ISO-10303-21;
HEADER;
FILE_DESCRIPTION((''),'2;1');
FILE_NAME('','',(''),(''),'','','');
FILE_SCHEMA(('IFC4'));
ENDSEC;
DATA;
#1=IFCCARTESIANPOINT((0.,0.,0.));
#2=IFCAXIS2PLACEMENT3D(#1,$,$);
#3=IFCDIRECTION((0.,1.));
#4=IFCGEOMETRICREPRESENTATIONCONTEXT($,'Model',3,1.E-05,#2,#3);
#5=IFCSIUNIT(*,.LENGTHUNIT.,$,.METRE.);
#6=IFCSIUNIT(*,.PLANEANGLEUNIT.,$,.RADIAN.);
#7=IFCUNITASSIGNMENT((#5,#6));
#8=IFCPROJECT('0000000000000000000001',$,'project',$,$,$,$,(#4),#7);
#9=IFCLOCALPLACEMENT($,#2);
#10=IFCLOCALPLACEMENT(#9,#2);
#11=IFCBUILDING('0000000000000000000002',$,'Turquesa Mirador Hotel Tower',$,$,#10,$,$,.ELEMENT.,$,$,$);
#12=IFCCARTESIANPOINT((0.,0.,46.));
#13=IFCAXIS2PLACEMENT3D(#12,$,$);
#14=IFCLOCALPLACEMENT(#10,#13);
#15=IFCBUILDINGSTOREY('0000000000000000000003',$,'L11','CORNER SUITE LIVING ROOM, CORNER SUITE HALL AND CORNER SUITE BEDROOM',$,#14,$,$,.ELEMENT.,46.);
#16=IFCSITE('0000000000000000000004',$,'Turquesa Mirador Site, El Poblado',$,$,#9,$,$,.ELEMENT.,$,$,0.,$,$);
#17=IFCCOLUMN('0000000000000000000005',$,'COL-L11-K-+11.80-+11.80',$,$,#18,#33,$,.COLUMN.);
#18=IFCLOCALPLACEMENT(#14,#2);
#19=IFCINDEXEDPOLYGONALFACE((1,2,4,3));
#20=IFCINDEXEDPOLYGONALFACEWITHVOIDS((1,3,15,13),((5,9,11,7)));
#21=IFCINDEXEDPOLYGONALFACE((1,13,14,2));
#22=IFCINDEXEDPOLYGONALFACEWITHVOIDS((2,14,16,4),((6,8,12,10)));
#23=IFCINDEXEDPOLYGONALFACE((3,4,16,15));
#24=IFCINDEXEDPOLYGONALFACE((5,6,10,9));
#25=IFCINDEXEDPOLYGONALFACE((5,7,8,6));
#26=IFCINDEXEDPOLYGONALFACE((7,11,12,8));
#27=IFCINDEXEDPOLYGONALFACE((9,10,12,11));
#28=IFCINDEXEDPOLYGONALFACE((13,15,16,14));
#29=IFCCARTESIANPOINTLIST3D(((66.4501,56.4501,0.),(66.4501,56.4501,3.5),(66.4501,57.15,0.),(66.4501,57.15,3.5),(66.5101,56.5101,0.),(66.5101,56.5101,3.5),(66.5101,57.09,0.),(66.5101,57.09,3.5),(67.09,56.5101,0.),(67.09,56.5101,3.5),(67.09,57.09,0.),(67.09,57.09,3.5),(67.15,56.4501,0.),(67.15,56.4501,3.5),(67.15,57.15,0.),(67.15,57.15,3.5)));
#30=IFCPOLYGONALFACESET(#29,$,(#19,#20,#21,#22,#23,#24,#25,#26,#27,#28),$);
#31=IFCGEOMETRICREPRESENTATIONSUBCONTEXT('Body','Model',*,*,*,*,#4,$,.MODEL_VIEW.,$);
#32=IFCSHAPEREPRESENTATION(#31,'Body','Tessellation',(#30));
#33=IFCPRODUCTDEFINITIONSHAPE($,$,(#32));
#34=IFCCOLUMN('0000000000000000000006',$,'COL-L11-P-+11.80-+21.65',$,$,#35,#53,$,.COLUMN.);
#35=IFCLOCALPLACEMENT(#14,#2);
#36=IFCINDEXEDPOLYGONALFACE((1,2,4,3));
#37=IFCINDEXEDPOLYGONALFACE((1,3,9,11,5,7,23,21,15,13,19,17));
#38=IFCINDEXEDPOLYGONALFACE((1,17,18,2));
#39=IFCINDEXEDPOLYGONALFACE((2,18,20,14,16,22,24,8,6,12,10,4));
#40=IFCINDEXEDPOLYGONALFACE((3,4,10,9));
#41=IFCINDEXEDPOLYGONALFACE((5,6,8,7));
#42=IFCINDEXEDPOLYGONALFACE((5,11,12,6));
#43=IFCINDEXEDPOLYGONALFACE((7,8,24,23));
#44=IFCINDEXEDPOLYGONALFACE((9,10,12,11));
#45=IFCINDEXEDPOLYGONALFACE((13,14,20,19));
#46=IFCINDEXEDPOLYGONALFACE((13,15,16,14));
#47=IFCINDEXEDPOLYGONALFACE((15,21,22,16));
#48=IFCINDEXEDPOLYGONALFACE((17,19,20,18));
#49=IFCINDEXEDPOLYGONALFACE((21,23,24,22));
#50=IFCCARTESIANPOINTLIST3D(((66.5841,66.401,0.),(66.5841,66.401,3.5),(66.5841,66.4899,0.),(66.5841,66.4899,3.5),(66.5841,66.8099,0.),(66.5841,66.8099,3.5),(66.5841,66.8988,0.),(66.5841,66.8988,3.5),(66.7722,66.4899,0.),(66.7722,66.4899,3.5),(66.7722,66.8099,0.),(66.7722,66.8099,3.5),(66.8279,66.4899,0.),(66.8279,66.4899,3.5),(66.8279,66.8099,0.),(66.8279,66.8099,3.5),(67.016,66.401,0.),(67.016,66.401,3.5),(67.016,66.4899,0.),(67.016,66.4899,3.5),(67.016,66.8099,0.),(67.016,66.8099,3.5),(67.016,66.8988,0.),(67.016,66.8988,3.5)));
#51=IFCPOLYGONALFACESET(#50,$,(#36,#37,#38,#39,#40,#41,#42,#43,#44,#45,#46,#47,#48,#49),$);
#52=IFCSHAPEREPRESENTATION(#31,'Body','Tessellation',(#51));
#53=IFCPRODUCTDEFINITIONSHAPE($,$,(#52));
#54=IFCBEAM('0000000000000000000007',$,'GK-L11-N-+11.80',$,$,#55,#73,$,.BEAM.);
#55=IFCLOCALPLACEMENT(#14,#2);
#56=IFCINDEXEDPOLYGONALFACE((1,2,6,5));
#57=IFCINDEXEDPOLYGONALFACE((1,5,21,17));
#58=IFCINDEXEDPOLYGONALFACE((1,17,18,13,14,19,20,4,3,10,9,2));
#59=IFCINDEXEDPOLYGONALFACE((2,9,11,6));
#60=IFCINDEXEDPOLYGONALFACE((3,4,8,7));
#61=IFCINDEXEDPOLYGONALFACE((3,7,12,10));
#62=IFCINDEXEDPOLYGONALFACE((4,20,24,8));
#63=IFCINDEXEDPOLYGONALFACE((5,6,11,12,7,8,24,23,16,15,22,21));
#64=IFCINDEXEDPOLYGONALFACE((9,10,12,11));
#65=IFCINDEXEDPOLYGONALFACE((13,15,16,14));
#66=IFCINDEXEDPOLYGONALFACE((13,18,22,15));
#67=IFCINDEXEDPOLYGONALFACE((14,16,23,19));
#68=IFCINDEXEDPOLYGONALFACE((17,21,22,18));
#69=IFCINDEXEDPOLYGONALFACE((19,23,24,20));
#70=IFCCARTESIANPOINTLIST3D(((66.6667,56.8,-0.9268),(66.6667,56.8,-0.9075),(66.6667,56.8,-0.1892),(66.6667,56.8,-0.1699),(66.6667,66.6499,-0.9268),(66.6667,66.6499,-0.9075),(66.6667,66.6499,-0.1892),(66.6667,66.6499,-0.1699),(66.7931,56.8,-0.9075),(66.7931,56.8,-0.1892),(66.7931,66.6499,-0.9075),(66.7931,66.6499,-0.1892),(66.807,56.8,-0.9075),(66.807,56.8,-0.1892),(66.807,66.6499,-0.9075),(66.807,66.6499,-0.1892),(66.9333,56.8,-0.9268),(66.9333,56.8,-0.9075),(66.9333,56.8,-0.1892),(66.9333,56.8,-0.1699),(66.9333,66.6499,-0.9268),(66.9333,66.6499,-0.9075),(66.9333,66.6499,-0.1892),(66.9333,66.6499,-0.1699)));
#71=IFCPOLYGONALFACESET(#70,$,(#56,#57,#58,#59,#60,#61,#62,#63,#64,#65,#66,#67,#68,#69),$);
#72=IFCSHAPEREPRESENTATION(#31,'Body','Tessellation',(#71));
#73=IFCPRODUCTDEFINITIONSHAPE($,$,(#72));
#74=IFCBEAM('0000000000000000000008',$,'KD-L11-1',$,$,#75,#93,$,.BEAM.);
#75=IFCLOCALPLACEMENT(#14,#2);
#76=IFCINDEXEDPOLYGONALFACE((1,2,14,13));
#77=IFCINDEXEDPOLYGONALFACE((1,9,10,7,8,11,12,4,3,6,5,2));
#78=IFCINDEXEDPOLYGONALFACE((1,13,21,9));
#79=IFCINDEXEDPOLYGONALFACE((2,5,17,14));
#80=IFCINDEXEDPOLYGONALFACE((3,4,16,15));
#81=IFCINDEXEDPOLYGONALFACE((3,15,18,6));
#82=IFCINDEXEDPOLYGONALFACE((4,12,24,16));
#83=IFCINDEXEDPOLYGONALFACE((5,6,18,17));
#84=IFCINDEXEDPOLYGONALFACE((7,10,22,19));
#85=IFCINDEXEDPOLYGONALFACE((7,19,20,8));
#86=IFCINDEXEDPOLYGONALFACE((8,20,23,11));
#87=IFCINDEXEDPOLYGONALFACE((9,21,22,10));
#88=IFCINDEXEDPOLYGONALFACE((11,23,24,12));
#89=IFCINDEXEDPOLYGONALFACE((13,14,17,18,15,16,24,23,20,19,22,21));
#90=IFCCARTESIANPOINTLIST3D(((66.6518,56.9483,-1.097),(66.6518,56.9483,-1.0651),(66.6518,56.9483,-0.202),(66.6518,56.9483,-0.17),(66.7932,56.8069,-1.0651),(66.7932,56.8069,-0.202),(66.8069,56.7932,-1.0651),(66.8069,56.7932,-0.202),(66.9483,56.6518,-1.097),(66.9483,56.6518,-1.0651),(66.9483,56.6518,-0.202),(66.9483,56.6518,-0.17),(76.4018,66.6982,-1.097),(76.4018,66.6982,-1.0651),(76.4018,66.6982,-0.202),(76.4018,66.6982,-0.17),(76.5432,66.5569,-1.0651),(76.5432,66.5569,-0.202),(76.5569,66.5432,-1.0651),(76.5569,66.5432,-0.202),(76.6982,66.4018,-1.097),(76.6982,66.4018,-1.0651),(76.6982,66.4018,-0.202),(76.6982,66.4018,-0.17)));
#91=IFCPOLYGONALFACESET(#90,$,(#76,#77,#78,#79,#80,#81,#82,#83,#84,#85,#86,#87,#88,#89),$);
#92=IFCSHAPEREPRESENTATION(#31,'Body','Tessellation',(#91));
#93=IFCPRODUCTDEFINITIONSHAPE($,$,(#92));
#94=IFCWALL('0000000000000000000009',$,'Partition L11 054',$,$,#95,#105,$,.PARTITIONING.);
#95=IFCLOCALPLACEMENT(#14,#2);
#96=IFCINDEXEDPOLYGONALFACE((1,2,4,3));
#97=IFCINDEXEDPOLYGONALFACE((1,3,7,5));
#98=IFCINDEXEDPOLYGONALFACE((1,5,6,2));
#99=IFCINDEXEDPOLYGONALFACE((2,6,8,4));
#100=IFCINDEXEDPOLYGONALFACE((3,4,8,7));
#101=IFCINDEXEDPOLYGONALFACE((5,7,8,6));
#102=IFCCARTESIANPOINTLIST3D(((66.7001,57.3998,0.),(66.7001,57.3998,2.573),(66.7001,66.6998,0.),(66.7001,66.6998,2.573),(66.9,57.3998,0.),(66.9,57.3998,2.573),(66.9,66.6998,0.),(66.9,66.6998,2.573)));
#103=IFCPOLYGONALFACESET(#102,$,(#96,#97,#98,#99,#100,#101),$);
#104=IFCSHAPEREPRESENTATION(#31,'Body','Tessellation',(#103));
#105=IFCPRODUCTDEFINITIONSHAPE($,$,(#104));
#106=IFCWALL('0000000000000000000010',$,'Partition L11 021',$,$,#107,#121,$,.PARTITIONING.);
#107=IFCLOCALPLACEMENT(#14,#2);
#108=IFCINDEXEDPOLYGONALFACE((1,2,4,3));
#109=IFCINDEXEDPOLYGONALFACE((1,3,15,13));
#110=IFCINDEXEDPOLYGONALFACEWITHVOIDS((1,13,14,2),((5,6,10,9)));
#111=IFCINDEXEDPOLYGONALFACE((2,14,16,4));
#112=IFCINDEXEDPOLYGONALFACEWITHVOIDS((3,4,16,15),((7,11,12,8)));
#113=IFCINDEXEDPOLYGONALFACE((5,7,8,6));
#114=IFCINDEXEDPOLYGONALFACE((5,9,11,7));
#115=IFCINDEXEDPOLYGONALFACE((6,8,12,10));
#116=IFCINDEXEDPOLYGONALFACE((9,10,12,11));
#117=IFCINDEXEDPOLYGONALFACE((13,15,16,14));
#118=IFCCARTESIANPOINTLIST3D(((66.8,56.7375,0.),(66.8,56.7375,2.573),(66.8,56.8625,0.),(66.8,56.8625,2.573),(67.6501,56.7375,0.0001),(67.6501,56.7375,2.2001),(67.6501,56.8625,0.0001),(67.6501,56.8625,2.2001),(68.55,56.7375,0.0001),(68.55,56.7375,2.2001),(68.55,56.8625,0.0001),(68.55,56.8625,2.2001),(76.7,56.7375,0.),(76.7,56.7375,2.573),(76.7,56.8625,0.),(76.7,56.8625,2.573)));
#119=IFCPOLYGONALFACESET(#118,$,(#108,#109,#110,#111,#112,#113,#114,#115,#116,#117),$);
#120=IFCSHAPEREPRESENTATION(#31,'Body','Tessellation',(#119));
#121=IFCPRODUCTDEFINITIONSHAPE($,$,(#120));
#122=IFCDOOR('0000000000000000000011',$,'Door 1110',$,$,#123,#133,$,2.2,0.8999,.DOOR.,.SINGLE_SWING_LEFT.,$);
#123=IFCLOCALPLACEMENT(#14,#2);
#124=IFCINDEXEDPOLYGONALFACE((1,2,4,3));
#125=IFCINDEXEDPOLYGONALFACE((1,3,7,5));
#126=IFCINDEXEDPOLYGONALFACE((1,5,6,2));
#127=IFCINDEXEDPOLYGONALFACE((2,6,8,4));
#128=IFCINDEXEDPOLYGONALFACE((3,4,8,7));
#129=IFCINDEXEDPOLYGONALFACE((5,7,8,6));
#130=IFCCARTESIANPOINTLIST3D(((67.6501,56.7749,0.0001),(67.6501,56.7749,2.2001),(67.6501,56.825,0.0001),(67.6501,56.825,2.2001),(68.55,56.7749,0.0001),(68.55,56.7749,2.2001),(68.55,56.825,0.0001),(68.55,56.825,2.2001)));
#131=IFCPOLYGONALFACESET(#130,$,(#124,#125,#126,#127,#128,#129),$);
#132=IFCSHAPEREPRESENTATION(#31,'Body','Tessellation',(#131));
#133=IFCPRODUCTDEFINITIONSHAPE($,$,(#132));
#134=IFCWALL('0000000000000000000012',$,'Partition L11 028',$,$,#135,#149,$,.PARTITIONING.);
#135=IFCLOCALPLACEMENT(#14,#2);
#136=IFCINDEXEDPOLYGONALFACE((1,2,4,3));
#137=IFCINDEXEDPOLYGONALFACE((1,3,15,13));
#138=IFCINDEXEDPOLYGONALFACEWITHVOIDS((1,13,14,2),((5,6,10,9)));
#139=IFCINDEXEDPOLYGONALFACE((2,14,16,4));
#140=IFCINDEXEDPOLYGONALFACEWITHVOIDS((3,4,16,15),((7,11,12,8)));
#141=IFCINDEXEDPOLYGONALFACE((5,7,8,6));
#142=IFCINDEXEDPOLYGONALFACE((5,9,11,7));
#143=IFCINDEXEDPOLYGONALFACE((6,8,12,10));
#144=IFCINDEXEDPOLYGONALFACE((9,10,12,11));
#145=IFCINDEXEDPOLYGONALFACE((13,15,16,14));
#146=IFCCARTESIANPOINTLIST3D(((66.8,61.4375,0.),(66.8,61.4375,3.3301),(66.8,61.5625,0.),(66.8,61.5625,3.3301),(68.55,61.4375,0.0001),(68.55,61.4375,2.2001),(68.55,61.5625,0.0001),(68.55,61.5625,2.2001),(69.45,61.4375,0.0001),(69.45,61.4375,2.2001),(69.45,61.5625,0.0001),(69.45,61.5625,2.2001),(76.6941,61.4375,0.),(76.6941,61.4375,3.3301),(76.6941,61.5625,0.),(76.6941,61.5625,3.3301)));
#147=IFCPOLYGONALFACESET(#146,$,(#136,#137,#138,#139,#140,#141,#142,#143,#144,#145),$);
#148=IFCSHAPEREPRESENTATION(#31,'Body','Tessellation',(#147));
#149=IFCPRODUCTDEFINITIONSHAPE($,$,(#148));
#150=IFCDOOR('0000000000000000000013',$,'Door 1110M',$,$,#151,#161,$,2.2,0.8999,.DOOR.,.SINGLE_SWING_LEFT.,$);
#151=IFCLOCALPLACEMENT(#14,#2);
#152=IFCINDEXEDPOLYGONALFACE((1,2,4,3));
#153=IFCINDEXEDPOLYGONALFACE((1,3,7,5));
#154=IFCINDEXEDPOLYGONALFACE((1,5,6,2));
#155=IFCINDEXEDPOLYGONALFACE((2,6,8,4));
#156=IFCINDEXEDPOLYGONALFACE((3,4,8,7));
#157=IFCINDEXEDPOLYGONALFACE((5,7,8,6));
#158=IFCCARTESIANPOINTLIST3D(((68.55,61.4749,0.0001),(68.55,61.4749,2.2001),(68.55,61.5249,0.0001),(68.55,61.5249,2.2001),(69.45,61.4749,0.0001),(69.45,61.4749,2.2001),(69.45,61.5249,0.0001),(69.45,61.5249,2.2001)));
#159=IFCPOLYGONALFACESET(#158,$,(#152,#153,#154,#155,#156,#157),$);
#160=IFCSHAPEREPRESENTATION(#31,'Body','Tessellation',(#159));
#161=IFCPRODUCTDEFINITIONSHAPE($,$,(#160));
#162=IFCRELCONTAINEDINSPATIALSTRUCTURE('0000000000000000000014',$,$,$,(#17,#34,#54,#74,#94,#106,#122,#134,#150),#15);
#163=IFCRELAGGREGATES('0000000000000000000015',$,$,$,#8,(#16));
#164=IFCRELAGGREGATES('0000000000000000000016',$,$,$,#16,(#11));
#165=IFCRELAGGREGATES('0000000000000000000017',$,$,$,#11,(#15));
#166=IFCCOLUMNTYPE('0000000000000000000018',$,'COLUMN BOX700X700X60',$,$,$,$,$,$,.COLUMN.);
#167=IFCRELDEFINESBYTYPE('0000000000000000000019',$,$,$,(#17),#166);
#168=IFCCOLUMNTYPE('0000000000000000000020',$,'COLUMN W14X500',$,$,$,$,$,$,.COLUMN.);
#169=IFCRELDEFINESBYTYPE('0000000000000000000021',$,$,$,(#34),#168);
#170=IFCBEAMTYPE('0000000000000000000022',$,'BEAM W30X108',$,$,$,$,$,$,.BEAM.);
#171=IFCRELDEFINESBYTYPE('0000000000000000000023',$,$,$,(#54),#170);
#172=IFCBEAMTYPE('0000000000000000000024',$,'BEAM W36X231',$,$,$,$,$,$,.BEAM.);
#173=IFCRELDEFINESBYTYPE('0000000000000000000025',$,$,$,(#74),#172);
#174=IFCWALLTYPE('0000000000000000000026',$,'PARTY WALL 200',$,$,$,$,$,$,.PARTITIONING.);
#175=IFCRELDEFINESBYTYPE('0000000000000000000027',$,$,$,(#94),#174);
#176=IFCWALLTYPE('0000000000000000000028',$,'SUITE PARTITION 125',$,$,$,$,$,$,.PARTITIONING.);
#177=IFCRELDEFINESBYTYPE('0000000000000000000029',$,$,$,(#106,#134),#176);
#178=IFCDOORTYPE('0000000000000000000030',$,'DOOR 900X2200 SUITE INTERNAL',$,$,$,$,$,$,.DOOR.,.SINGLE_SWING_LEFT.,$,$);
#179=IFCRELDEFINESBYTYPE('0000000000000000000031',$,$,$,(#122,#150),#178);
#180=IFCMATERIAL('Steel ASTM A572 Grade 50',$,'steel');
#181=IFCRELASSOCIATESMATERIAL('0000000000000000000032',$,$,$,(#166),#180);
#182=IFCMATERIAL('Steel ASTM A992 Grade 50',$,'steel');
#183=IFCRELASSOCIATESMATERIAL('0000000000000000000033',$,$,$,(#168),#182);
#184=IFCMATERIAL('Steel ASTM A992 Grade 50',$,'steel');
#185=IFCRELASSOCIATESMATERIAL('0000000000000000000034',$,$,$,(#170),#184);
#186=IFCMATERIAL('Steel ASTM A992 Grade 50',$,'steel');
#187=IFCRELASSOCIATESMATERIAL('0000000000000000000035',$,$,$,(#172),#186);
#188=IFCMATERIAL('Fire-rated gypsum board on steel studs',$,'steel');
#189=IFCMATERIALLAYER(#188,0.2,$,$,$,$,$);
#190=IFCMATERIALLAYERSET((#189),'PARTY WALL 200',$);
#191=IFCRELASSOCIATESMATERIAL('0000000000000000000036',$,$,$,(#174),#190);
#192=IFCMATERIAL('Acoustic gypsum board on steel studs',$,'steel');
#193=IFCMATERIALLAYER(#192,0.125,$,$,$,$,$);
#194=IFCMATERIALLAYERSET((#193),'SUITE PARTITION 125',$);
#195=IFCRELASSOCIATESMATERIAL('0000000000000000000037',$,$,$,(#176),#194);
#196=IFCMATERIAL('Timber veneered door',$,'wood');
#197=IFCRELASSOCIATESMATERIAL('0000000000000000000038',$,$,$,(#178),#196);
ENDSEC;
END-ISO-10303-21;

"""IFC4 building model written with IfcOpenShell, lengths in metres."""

from ifc_helpers import new_model, si_unit, direction, frame, frame_2d, origin, origin_2d, place, context, subcontext, project, spatial, rectangle, hollow_rectangle, i_section, extrude, material, layer, layer_set, material_profile, profile_set, type_object, element, fill, save


model = new_model("IFC4")

# Units and contexts
model_context = context("Model", 3, precision=1e-05, world=origin(), true_north=direction((0.0, 1.0)))
body_context = subcontext(model_context, "Body", "Model", "MODEL_VIEW")
ifc_project = project(units=[si_unit("LENGTHUNIT", "METRE"), si_unit("PLANEANGLEUNIT", "RADIAN")], contexts=[model_context])

# Site, building, storey
site_placement = place(None, origin())
site = spatial("IfcSite", under=ifc_project, at=site_placement, Name="Turquesa Mirador Site, El Poblado", CompositionType="ELEMENT", RefElevation=0.0)
building_placement = place(site_placement, origin())
building = spatial("IfcBuilding", under=site, at=building_placement, Name="Turquesa Mirador Hotel Tower", CompositionType="ELEMENT")
storey_placement = place(building_placement, frame((0.0, 0.0, 46.0)))
storey = spatial("IfcBuildingStorey", under=building, at=storey_placement, Name="L11", Description="CORNER SUITE LIVING ROOM, CORNER SUITE HALL AND CORNER SUITE BEDROOM", CompositionType="ELEMENT", Elevation=46.0)

# Columns
ifc_material_1 = material(Name="Steel ASTM A572 Grade 50", Category="steel")
ifc_material_profile_1 = material_profile(ifc_material_1, hollow_rectangle(XDim=0.7, YDim=0.7, WallThickness=0.0601, at=origin_2d()), Name="BOX700X700X60")
ifc_profile_set_1 = profile_set([ifc_material_profile_1], Name="Steel ASTM A572 Grade 50")
column_type_1 = type_object("IfcColumnType", Name="COLUMN BOX700X700X60", PredefinedType="COLUMN", material=ifc_profile_set_1)
column_1_placement = place(storey_placement, frame((66.8, 56.8, 0.0), z_axis=(0.0, 0.0, 1.0), x_axis=(1.0, 0.0, 0.0)))
element("IfcColumn", 1, at=column_1_placement, inside=storey, type_object=column_type_1, Name="COL-L11-K-+11.80-+11.80", PredefinedType="COLUMN", context=body_context, shape_type="SweptSolid", body=[
    extrude(hollow_rectangle(XDim=0.7, YDim=0.7, WallThickness=0.0601, at=origin_2d()), origin(), (0.0, 0.0, 1.0), 3.5),
])
ifc_material_2 = material(Name="Steel ASTM A992 Grade 50", Category="steel")
ifc_material_profile_2 = material_profile(ifc_material_2, i_section(OverallWidth=0.4319, OverallDepth=0.4978, WebThickness=0.0557, FlangeThickness=0.0889, at=origin_2d()), Name="W14X500")
ifc_profile_set_2 = profile_set([ifc_material_profile_2], Name="Steel ASTM A992 Grade 50")
column_type_2 = type_object("IfcColumnType", Name="COLUMN W14X500", PredefinedType="COLUMN", material=ifc_profile_set_2)
column_2_placement = place(storey_placement, frame((66.8, 66.6499, 0.0), z_axis=(0.0, 0.0, 1.0), x_axis=(1.0, 0.0, 0.0)))
element("IfcColumn", 2, at=column_2_placement, inside=storey, type_object=column_type_2, Name="COL-L11-P-+11.80-+21.65", PredefinedType="COLUMN", context=body_context, shape_type="SweptSolid", body=[
    extrude(i_section(OverallWidth=0.4319, OverallDepth=0.4978, WebThickness=0.0557, FlangeThickness=0.0889, at=origin_2d()), origin(), (0.0, 0.0, 1.0), 3.5),
])

# Beams
ifc_material_3 = material(Name="Steel ASTM A992 Grade 50", Category="steel")
ifc_material_profile_3 = material_profile(ifc_material_3, i_section(OverallWidth=0.2666, OverallDepth=0.7568, WebThickness=0.0139, FlangeThickness=0.0193, at=origin_2d()), Name="W30X108")
ifc_profile_set_3 = profile_set([ifc_material_profile_3], Name="Steel ASTM A992 Grade 50")
beam_type_1 = type_object("IfcBeamType", Name="BEAM W30X108", PredefinedType="BEAM", material=ifc_profile_set_3)
beam_1_placement = place(storey_placement, frame((66.8, 66.6499, -0.5483), z_axis=(0.0, -1.0, 0.0), x_axis=(1.0, 0.0, 0.0)))
element("IfcBeam", 3, at=beam_1_placement, inside=storey, type_object=beam_type_1, Name="GK-L11-N-+11.80", PredefinedType="BEAM", context=body_context, shape_type="SweptSolid", body=[
    extrude(i_section(OverallWidth=0.2666, OverallDepth=0.7568, WebThickness=0.0139, FlangeThickness=0.0193, at=origin_2d()), origin(), (0.0, 0.0, 1.0), 9.8499),
])
ifc_material_4 = material(Name="Steel ASTM A992 Grade 50", Category="steel")
ifc_material_profile_4 = material_profile(ifc_material_4, i_section(OverallWidth=0.4192, OverallDepth=0.927, WebThickness=0.0193, FlangeThickness=0.032, at=origin_2d()), Name="W36X231")
ifc_profile_set_4 = profile_set([ifc_material_profile_4], Name="Steel ASTM A992 Grade 50")
beam_type_2 = type_object("IfcBeamType", Name="BEAM W36X231", PredefinedType="BEAM", material=ifc_profile_set_4)
beam_2_placement = place(storey_placement, frame((66.8, 56.8, -0.6335), z_axis=(0.707107, 0.707107, 0.0), x_axis=(-0.707107, 0.707107, 0.0)))
element("IfcBeam", 4, at=beam_2_placement, inside=storey, type_object=beam_type_2, Name="KD-L11-1", PredefinedType="BEAM", context=body_context, shape_type="SweptSolid", body=[
    extrude(i_section(OverallWidth=0.4192, OverallDepth=0.927, WebThickness=0.0193, FlangeThickness=0.032, at=origin_2d()), origin(), (0.0, 0.0, 1.0), 13.7886),
])

# Wall
ifc_material_5 = material(Name="Fire-rated gypsum board on steel studs", Category="steel")
ifc_layer_1 = layer(ifc_material_5, 0.2)
ifc_layer_set_1 = layer_set([ifc_layer_1], Name="PARTY WALL 200")
wall_type_1 = type_object("IfcWallType", Name="PARTY WALL 200", PredefinedType="PARTITIONING", material=ifc_layer_set_1)
wall_1_placement = place(storey_placement, frame((66.8, 57.3999, 0.0), z_axis=(0.0, 0.0, 1.0), x_axis=(0.0, 1.0, 0.0)))
element("IfcWall", 5, at=wall_1_placement, inside=storey, type_object=wall_type_1, Name="Partition L11 054", PredefinedType="PARTITIONING", context=body_context, shape_type="SweptSolid", body=[
    extrude(rectangle(XDim=9.3, YDim=0.2, at=frame_2d((4.6499, 0.0))), origin(), (0.0, 0.0, 1.0), 2.573),
])

# Walls, openings, doors
ifc_material_6 = material(Name="Acoustic gypsum board on steel studs", Category="steel")
ifc_layer_2 = layer(ifc_material_6, 0.125)
ifc_layer_set_2 = layer_set([ifc_layer_2], Name="SUITE PARTITION 125")
wall_type_2 = type_object("IfcWallType", Name="SUITE PARTITION 125", PredefinedType="PARTITIONING", material=ifc_layer_set_2)
wall_2_placement = place(storey_placement, frame((66.8, 56.8, 0.0), z_axis=(0.0, 0.0, 1.0), x_axis=(1.0, 0.0, 0.0)))
wall_2 = element("IfcWall", 6, at=wall_2_placement, inside=storey, type_object=wall_type_2, Name="Partition L11 021", PredefinedType="PARTITIONING", context=body_context, shape_type="SweptSolid", body=[
    extrude(rectangle(XDim=9.8999, YDim=0.125, at=frame_2d((4.95, 0.0))), origin(), (0.0, 0.0, 1.0), 2.573),
])
opening_1_placement = place(wall_2_placement, frame((0.8501, 0.0, 0.0)))
opening_1 = element("IfcOpeningElement", 7, at=opening_1_placement, cuts=wall_2, PredefinedType="OPENING", context=body_context, shape_type="SweptSolid", body=[
    extrude(rectangle(XDim=0.8999, YDim=2.2, at=frame_2d((0.45, 1.1001))), frame((0.0, 0.0725, 0.0), z_axis=(0.0, -1.0, 0.0), x_axis=(1.0, 0.0, 0.0)), (0.0, 0.0, 1.0), 0.145),
])
ifc_material_7 = material(Name="Timber veneered door", Category="wood")
door_type = type_object("IfcDoorType", Name="DOOR 900X2200 SUITE INTERNAL", OperationType="SINGLE_SWING_LEFT", PredefinedType="DOOR", material=ifc_material_7)
door_1_placement = place(opening_1_placement, origin())
door_1 = element("IfcDoor", 8, at=door_1_placement, inside=storey, type_object=door_type, Name="Door 1110", OperationType="SINGLE_SWING_LEFT", OverallHeight=2.2, OverallWidth=0.8999, PredefinedType="DOOR", context=body_context, shape_type="SweptSolid", body=[
    extrude(rectangle(XDim=0.8999, YDim=2.2, at=frame_2d((0.45, 1.1001))), frame((0.0, 0.0249, 0.0), z_axis=(0.0, -1.0, 0.0), x_axis=(1.0, 0.0, 0.0)), (0.0, 0.0, 1.0), 0.05),
])
fill(opening_1, door_1)
wall_3_placement = place(storey_placement, frame((66.8, 61.5, 0.0), z_axis=(0.0, 0.0, 1.0), x_axis=(1.0, 0.0, 0.0)))
wall_3 = element("IfcWall", 9, at=wall_3_placement, inside=storey, type_object=wall_type_2, Name="Partition L11 028", PredefinedType="PARTITIONING", context=body_context, shape_type="SweptSolid", body=[
    extrude(rectangle(XDim=9.894, YDim=0.125, at=frame_2d((4.947, 0.0))), origin(), (0.0, 0.0, 1.0), 3.3301),
])
opening_2_placement = place(wall_3_placement, frame((1.75, 0.0, 0.0)))
opening_2 = element("IfcOpeningElement", 10, at=opening_2_placement, cuts=wall_3, PredefinedType="OPENING", context=body_context, shape_type="SweptSolid", body=[
    extrude(rectangle(XDim=0.8999, YDim=2.2, at=frame_2d((0.45, 1.1001))), frame((0.0, 0.0725, 0.0), z_axis=(0.0, -1.0, 0.0), x_axis=(1.0, 0.0, 0.0)), (0.0, 0.0, 1.0), 0.145),
])
door_2_placement = place(opening_2_placement, origin())
door_2 = element("IfcDoor", 11, at=door_2_placement, inside=storey, type_object=door_type, Name="Door 1110M", OperationType="SINGLE_SWING_LEFT", OverallHeight=2.2, OverallWidth=0.8999, PredefinedType="DOOR", context=body_context, shape_type="SweptSolid", body=[
    extrude(rectangle(XDim=0.8999, YDim=2.2, at=frame_2d((0.45, 1.1001))), frame((0.0, 0.0249, 0.0), z_axis=(0.0, -1.0, 0.0), x_axis=(1.0, 0.0, 0.0)), (0.0, 0.0, 1.0), 0.05),
])
fill(opening_2, door_2)

save(model, "model.ifc")
